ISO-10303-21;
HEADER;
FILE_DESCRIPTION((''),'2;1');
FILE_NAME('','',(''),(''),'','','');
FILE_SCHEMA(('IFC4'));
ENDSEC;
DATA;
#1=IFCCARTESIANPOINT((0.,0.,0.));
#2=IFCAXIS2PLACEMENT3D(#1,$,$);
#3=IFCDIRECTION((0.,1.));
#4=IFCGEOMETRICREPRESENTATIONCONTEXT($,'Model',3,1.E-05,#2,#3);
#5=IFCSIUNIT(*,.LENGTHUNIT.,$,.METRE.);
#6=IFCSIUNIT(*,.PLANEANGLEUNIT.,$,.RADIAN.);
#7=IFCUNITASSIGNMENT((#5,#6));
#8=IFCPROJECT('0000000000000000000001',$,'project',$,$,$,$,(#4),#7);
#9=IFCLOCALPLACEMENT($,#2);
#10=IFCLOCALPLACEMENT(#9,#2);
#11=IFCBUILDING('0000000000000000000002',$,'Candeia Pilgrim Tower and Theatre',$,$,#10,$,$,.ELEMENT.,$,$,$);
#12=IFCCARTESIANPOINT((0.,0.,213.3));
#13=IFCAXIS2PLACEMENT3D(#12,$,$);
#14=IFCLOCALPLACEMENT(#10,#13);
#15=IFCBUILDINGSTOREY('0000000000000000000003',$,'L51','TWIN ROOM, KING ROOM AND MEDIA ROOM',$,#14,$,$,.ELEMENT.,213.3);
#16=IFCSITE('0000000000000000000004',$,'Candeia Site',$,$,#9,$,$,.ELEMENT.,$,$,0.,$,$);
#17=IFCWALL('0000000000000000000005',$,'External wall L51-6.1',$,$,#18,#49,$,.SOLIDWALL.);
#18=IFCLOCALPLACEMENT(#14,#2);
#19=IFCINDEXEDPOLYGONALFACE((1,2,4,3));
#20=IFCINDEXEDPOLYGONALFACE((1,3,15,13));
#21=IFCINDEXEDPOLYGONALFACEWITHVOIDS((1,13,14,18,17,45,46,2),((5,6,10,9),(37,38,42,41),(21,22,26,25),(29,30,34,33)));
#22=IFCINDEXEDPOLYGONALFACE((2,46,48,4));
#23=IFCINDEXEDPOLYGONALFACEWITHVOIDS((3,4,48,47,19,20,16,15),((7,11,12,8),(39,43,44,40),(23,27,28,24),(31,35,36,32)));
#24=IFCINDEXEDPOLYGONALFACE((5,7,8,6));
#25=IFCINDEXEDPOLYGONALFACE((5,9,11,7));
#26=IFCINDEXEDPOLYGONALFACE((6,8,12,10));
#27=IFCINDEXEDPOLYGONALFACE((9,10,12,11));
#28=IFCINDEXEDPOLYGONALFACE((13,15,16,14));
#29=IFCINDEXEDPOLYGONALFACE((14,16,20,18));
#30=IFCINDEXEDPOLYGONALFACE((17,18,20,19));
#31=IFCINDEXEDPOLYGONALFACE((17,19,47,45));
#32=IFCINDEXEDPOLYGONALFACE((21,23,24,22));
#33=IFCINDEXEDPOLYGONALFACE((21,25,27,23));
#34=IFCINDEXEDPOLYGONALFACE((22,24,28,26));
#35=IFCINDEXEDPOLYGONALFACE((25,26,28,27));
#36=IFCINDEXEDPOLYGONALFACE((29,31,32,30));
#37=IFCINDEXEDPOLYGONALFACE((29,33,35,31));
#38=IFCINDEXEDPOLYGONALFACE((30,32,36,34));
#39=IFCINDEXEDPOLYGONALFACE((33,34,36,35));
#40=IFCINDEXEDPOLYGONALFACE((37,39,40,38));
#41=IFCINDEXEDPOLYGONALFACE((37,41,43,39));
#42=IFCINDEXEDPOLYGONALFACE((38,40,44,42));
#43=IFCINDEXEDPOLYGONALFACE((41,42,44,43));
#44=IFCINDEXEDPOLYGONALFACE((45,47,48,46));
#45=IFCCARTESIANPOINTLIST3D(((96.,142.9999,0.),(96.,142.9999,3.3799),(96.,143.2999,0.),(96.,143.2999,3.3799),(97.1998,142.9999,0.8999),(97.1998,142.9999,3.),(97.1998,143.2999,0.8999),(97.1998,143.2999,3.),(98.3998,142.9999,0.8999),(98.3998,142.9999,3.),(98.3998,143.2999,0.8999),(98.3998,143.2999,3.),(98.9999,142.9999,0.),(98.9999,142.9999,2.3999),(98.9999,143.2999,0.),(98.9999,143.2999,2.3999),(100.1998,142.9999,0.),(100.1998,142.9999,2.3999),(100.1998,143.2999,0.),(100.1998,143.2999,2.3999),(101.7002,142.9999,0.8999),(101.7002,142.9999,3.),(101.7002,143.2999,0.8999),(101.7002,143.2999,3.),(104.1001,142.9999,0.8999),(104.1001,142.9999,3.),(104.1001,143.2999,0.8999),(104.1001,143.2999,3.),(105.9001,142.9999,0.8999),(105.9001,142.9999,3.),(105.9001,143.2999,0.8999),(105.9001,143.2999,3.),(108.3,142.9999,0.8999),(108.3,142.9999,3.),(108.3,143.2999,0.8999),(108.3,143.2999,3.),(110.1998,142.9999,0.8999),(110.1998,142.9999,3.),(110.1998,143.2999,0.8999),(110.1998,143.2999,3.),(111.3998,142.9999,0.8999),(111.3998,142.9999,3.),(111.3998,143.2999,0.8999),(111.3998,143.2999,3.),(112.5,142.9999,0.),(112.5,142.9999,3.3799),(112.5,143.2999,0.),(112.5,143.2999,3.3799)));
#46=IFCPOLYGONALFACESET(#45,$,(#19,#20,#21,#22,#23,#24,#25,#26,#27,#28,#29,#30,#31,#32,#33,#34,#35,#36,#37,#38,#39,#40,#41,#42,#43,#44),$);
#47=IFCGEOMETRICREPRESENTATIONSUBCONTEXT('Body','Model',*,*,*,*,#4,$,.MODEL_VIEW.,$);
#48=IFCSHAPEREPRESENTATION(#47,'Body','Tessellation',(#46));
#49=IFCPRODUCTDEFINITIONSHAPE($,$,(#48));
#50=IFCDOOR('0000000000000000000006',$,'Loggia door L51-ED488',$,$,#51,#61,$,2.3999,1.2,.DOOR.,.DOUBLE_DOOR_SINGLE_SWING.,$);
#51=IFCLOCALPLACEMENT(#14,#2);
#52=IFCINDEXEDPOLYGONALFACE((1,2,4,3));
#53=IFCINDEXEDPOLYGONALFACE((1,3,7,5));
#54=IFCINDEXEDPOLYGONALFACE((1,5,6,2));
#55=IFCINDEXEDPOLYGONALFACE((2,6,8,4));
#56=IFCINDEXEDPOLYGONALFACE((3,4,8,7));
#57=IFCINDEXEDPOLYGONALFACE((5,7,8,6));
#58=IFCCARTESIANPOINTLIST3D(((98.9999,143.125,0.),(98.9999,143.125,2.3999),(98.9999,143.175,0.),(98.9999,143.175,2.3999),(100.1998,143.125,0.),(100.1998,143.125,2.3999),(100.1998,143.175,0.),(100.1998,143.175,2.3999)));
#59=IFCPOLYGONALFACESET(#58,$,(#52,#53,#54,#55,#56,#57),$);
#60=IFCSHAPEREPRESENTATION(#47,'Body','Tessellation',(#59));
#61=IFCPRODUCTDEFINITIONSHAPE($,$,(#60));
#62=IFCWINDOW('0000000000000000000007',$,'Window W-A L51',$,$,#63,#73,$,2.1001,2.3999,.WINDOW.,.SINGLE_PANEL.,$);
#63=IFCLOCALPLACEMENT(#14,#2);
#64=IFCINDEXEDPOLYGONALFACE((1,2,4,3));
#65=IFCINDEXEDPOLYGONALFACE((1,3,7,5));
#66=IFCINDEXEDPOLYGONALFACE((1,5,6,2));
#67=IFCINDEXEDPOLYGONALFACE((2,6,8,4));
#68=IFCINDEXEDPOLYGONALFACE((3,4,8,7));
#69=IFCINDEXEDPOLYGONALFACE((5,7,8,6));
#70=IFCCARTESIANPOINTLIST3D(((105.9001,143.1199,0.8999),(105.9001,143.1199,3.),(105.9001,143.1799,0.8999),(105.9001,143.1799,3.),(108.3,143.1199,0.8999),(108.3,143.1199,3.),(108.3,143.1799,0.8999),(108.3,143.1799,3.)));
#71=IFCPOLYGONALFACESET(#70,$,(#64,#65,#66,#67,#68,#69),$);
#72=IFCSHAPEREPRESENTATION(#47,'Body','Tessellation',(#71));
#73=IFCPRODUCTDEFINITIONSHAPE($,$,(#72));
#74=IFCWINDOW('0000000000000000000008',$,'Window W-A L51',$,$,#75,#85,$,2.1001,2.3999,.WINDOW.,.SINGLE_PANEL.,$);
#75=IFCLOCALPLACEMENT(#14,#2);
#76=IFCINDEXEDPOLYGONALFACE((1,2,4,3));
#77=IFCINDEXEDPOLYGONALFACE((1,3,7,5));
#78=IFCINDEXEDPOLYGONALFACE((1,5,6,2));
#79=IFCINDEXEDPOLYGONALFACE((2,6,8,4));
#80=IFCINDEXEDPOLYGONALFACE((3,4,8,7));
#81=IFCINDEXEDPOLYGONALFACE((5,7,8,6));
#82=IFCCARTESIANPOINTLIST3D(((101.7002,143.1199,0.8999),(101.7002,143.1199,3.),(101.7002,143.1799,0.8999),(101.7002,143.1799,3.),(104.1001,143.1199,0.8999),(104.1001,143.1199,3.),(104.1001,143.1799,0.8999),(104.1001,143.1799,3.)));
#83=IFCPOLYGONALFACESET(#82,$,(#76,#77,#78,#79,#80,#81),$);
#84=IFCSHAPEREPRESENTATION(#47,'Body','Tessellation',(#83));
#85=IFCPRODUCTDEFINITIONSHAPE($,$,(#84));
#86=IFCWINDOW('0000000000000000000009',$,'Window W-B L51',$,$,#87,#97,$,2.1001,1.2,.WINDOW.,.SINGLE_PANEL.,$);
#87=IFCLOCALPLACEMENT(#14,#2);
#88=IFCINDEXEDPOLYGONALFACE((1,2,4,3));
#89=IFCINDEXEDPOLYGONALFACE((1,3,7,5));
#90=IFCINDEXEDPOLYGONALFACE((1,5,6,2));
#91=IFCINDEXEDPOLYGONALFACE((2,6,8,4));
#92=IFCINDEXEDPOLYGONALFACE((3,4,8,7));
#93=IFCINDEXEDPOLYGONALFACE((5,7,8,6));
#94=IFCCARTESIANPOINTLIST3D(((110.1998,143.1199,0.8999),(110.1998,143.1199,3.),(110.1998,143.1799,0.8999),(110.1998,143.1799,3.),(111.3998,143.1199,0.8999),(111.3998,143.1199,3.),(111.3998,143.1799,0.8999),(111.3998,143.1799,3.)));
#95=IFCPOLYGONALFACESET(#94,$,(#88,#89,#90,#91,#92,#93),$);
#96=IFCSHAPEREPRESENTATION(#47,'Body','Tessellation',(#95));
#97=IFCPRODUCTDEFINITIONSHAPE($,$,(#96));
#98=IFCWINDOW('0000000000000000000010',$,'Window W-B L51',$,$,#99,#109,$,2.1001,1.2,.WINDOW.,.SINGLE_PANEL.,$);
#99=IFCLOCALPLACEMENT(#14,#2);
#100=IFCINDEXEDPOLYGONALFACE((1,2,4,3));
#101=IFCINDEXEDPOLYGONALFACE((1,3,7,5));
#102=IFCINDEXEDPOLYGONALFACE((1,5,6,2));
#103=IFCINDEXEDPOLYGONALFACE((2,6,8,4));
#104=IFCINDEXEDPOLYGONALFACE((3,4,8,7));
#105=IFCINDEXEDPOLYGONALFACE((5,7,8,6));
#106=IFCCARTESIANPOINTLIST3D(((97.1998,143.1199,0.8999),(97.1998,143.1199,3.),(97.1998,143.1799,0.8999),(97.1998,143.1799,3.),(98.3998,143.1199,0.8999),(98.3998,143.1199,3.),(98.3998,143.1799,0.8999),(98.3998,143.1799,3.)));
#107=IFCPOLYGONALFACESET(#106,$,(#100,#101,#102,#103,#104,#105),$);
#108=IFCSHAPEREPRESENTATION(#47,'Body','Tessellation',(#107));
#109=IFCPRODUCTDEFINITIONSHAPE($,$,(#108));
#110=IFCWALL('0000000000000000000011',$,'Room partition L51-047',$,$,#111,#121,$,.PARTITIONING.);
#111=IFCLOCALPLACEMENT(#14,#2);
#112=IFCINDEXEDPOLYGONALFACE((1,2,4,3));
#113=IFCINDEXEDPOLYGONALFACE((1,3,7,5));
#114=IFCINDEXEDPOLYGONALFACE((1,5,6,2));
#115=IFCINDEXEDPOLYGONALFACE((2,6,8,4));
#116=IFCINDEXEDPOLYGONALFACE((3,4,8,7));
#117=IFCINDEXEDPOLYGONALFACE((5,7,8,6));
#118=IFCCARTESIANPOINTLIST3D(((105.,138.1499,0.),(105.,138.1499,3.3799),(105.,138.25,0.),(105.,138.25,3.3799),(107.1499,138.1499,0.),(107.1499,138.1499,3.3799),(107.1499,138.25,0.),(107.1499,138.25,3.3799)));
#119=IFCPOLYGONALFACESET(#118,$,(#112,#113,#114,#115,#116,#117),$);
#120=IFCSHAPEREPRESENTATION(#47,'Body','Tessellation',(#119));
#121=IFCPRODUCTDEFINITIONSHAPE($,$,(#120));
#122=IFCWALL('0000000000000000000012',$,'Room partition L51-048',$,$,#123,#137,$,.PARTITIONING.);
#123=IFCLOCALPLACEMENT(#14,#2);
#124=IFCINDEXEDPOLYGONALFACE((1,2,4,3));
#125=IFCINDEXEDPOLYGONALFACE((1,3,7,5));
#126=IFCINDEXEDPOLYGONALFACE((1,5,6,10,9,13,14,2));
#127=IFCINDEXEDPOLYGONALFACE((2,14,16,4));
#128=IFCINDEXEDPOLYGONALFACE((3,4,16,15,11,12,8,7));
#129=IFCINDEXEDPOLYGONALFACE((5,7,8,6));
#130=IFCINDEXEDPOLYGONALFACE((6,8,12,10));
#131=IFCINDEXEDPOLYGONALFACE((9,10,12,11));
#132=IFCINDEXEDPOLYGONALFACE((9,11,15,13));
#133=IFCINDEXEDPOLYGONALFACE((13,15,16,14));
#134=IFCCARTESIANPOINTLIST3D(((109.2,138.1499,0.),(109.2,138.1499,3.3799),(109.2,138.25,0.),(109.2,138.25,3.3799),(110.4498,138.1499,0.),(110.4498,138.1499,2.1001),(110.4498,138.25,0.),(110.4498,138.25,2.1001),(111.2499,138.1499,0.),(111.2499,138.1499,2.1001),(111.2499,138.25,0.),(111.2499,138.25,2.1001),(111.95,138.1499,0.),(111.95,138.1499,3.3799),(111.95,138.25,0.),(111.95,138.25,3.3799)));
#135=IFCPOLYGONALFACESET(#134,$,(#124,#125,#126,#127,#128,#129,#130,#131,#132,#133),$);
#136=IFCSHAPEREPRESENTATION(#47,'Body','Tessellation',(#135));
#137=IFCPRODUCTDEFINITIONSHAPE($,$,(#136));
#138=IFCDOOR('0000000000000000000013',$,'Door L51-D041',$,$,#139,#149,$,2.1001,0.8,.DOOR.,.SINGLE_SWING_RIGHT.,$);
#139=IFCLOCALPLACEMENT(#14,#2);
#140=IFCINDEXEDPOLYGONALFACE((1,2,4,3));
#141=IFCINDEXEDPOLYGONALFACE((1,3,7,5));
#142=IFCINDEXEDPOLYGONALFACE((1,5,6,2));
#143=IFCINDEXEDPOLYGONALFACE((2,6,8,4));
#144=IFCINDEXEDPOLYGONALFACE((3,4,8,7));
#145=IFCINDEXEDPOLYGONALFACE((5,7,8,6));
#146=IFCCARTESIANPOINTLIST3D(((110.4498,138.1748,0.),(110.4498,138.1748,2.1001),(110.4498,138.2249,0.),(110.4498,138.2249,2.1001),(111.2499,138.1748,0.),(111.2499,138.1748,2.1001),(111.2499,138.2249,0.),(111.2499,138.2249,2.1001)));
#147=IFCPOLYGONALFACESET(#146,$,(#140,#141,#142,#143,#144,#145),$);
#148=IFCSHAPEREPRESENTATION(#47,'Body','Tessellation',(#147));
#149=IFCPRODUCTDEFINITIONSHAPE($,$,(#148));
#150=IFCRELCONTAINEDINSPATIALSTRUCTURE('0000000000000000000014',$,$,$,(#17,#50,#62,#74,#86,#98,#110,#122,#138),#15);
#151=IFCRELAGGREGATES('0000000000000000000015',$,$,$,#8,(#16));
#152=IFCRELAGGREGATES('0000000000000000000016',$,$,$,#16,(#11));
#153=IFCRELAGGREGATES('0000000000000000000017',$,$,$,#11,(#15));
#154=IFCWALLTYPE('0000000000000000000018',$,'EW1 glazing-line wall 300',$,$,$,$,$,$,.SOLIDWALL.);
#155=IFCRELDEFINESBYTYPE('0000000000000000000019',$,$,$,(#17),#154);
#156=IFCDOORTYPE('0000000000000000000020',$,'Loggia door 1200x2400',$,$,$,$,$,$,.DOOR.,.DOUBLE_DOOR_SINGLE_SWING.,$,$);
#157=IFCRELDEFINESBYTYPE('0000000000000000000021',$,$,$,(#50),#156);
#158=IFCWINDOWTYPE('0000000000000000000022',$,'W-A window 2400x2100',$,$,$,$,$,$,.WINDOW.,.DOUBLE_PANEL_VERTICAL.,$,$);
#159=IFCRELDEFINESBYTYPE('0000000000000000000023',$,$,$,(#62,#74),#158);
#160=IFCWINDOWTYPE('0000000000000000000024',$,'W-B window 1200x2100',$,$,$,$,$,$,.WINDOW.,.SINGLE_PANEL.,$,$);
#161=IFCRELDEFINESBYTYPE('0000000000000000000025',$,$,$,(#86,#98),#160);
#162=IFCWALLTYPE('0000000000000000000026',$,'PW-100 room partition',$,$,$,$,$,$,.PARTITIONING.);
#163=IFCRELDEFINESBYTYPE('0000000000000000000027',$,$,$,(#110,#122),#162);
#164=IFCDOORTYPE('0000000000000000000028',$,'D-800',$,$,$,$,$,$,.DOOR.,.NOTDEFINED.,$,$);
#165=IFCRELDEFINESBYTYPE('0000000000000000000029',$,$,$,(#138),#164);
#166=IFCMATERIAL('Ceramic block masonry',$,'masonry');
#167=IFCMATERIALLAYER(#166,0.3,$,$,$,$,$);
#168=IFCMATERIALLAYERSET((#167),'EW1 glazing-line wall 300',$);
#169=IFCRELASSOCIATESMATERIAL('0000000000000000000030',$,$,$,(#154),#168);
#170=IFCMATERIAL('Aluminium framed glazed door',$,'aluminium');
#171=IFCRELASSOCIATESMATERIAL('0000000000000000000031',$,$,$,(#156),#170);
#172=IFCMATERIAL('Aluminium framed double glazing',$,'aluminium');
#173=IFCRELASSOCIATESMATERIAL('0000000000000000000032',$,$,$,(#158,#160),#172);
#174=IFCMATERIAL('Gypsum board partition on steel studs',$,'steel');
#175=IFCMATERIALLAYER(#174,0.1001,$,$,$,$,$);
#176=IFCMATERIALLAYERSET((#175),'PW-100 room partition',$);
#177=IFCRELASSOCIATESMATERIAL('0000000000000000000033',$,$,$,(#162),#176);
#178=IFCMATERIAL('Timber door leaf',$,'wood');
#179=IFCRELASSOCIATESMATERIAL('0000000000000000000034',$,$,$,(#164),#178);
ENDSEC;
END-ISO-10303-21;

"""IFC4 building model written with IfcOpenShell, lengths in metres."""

from ifc_helpers import new_model, si_unit, direction, frame, frame_2d, origin, place, context, subcontext, project, spatial, rectangle, extrude, material, layer, layer_set, type_object, element, fill, save


model = new_model("IFC4")

# Units and contexts
model_context = context("Model", 3, precision=1e-05, world=origin(), true_north=direction((0.0, 1.0)))
body_context = subcontext(model_context, "Body", "Model", "MODEL_VIEW")
ifc_project = project(units=[si_unit("LENGTHUNIT", "METRE"), si_unit("PLANEANGLEUNIT", "RADIAN")], contexts=[model_context])

# Site, building, storey
site_placement = place(None, origin())
site = spatial("IfcSite", under=ifc_project, at=site_placement, Name="Candeia Site", CompositionType="ELEMENT", RefElevation=0.0)
building_placement = place(site_placement, origin())
building = spatial("IfcBuilding", under=site, at=building_placement, Name="Candeia Pilgrim Tower and Theatre", CompositionType="ELEMENT")
storey_placement = place(building_placement, frame((0.0, 0.0, 213.3)))
storey = spatial("IfcBuildingStorey", under=building, at=storey_placement, Name="L51", Description="TWIN ROOM, KING ROOM AND MEDIA ROOM", CompositionType="ELEMENT", Elevation=213.3)

# Wall, openings, door, windows
ifc_material_1 = material(Name="Ceramic block masonry", Category="masonry")
ifc_layer_1 = layer(ifc_material_1, 0.3)
ifc_layer_set_1 = layer_set([ifc_layer_1], Name="EW1 glazing-line wall 300")
wall_type_1 = type_object("IfcWallType", Name="EW1 glazing-line wall 300", PredefinedType="SOLIDWALL", material=ifc_layer_set_1)
wall_1_placement = place(storey_placement, frame((112.5, 143.1499, 0.0), z_axis=(0.0, 0.0, 1.0), x_axis=(-1.0, 0.0, 0.0)))
wall_1 = element("IfcWall", 1, at=wall_1_placement, inside=storey, type_object=wall_type_1, Name="External wall L51-6.1", PredefinedType="SOLIDWALL", context=body_context, shape_type="SweptSolid", body=[
    extrude(rectangle(XDim=16.5, YDim=0.3, at=frame_2d((8.25, 0.0))), origin(), (0.0, 0.0, 1.0), 3.3799),
])
opening_1_placement = place(wall_1_placement, frame((1.1001, 0.0, 0.8999)))
opening_1 = element("IfcOpeningElement", 2, at=opening_1_placement, cuts=wall_1, PredefinedType="OPENING", context=body_context, shape_type="SweptSolid", body=[
    extrude(rectangle(XDim=1.2, YDim=2.1001, at=frame_2d((0.6001, 1.05))), frame((0.0, 0.1602, 0.0), z_axis=(0.0, -1.0, 0.0), x_axis=(1.0, 0.0, 0.0)), (0.0, 0.0, 1.0), 0.3201),
])
opening_2_placement = place(wall_1_placement, frame((4.2, 0.0, 0.8999)))
opening_2 = element("IfcOpeningElement", 3, at=opening_2_placement, cuts=wall_1, PredefinedType="OPENING", context=body_context, shape_type="SweptSolid", body=[
    extrude(rectangle(XDim=2.3999, YDim=2.1001, at=frame_2d((1.2, 1.05))), frame((0.0, 0.1602, 0.0), z_axis=(0.0, -1.0, 0.0), x_axis=(1.0, 0.0, 0.0)), (0.0, 0.0, 1.0), 0.3201),
])
opening_3_placement = place(wall_1_placement, frame((8.3999, 0.0, 0.8999)))
opening_3 = element("IfcOpeningElement", 4, at=opening_3_placement, cuts=wall_1, PredefinedType="OPENING", context=body_context, shape_type="SweptSolid", body=[
    extrude(rectangle(XDim=2.3999, YDim=2.1001, at=frame_2d((1.2, 1.05))), frame((0.0, 0.1602, 0.0), z_axis=(0.0, -1.0, 0.0), x_axis=(1.0, 0.0, 0.0)), (0.0, 0.0, 1.0), 0.3201),
])
opening_4_placement = place(wall_1_placement, frame((12.3, 0.0, 0.0)))
opening_4 = element("IfcOpeningElement", 5, at=opening_4_placement, cuts=wall_1, PredefinedType="OPENING", context=body_context, shape_type="SweptSolid", body=[
    extrude(rectangle(XDim=1.2, YDim=2.3999, at=frame_2d((0.6001, 1.2))), frame((0.0, 0.1602, 0.0), z_axis=(0.0, -1.0, 0.0), x_axis=(1.0, 0.0, 0.0)), (0.0, 0.0, 1.0), 0.3201),
])
opening_5_placement = place(wall_1_placement, frame((14.1001, 0.0, 0.8999)))
opening_5 = element("IfcOpeningElement", 6, at=opening_5_placement, cuts=wall_1, PredefinedType="OPENING", context=body_context, shape_type="SweptSolid", body=[
    extrude(rectangle(XDim=1.2, YDim=2.1001, at=frame_2d((0.6001, 1.05))), frame((0.0, 0.1602, 0.0), z_axis=(0.0, -1.0, 0.0), x_axis=(1.0, 0.0, 0.0)), (0.0, 0.0, 1.0), 0.3201),
])
ifc_material_2 = material(Name="Aluminium framed glazed door", Category="aluminium")
door_type_1 = type_object("IfcDoorType", Name="Loggia door 1200x2400", OperationType="DOUBLE_DOOR_SINGLE_SWING", PredefinedType="DOOR", material=ifc_material_2)
door_1_placement = place(opening_4_placement, origin())
door_1 = element("IfcDoor", 7, at=door_1_placement, inside=storey, type_object=door_type_1, Name="Loggia door L51-ED488", OperationType="DOUBLE_DOOR_SINGLE_SWING", OverallHeight=2.3999, OverallWidth=1.2, PredefinedType="DOOR", context=body_context, shape_type="SweptSolid", body=[
    extrude(rectangle(XDim=1.2, YDim=2.3999, at=frame_2d((0.6001, 1.2))), frame((0.0, 0.0249, 0.0), z_axis=(0.0, -1.0, 0.0), x_axis=(1.0, 0.0, 0.0)), (0.0, 0.0, 1.0), 0.05),
])
fill(opening_4, door_1)
ifc_material_3 = material(Name="Aluminium framed double glazing", Category="aluminium")
window_type_1 = type_object("IfcWindowType", Name="W-A window 2400x2100", PartitioningType="DOUBLE_PANEL_VERTICAL", PredefinedType="WINDOW", material=ifc_material_3)
window_1_placement = place(opening_2_placement, origin())
window_1 = element("IfcWindow", 8, at=window_1_placement, inside=storey, type_object=window_type_1, Name="Window W-A L51", OverallHeight=2.1001, OverallWidth=2.3999, PartitioningType="SINGLE_PANEL", PredefinedType="WINDOW", context=body_context, shape_type="SweptSolid", body=[
    extrude(rectangle(XDim=2.3999, YDim=2.1001, at=frame_2d((1.2, 1.05))), frame((0.0, 0.03, 0.0), z_axis=(0.0, -1.0, 0.0), x_axis=(1.0, 0.0, 0.0)), (0.0, 0.0, 1.0), 0.0601),
])
fill(opening_2, window_1)
window_2_placement = place(opening_3_placement, origin())
window_2 = element("IfcWindow", 9, at=window_2_placement, inside=storey, type_object=window_type_1, Name="Window W-A L51", OverallHeight=2.1001, OverallWidth=2.3999, PartitioningType="SINGLE_PANEL", PredefinedType="WINDOW", context=body_context, shape_type="SweptSolid", body=[
    extrude(rectangle(XDim=2.3999, YDim=2.1001, at=frame_2d((1.2, 1.05))), frame((0.0, 0.03, 0.0), z_axis=(0.0, -1.0, 0.0), x_axis=(1.0, 0.0, 0.0)), (0.0, 0.0, 1.0), 0.0601),
])
fill(opening_3, window_2)
window_type_2 = type_object("IfcWindowType", Name="W-B window 1200x2100", PartitioningType="SINGLE_PANEL", PredefinedType="WINDOW", material=ifc_material_3)
window_3_placement = place(opening_1_placement, origin())
window_3 = element("IfcWindow", 10, at=window_3_placement, inside=storey, type_object=window_type_2, Name="Window W-B L51", OverallHeight=2.1001, OverallWidth=1.2, PartitioningType="SINGLE_PANEL", PredefinedType="WINDOW", context=body_context, shape_type="SweptSolid", body=[
    extrude(rectangle(XDim=1.2, YDim=2.1001, at=frame_2d((0.6001, 1.05))), frame((0.0, 0.03, 0.0), z_axis=(0.0, -1.0, 0.0), x_axis=(1.0, 0.0, 0.0)), (0.0, 0.0, 1.0), 0.0601),
])
fill(opening_1, window_3)
window_4_placement = place(opening_5_placement, origin())
window_4 = element("IfcWindow", 11, at=window_4_placement, inside=storey, type_object=window_type_2, Name="Window W-B L51", OverallHeight=2.1001, OverallWidth=1.2, PartitioningType="SINGLE_PANEL", PredefinedType="WINDOW", context=body_context, shape_type="SweptSolid", body=[
    extrude(rectangle(XDim=1.2, YDim=2.1001, at=frame_2d((0.6001, 1.05))), frame((0.0, 0.03, 0.0), z_axis=(0.0, -1.0, 0.0), x_axis=(1.0, 0.0, 0.0)), (0.0, 0.0, 1.0), 0.0601),
])
fill(opening_5, window_4)

# Wall
ifc_material_4 = material(Name="Gypsum board partition on steel studs", Category="steel")
ifc_layer_2 = layer(ifc_material_4, 0.1001)
ifc_layer_set_2 = layer_set([ifc_layer_2], Name="PW-100 room partition")
wall_type_2 = type_object("IfcWallType", Name="PW-100 room partition", PredefinedType="PARTITIONING", material=ifc_layer_set_2)
wall_2_placement = place(storey_placement, frame((105.0, 138.2, 0.0), z_axis=(0.0, 0.0, 1.0), x_axis=(1.0, 0.0, 0.0)))
element("IfcWall", 12, at=wall_2_placement, inside=storey, type_object=wall_type_2, Name="Room partition L51-047", PredefinedType="PARTITIONING", context=body_context, shape_type="SweptSolid", body=[
    extrude(rectangle(XDim=2.1499, YDim=0.1001, at=frame_2d((1.075, 0.0))), origin(), (0.0, 0.0, 1.0), 3.3799),
])

# Wall, opening, door
wall_3_placement = place(storey_placement, frame((109.2, 138.2, 0.0), z_axis=(0.0, 0.0, 1.0), x_axis=(1.0, 0.0, 0.0)))
wall_3 = element("IfcWall", 13, at=wall_3_placement, inside=storey, type_object=wall_type_2, Name="Room partition L51-048", PredefinedType="PARTITIONING", context=body_context, shape_type="SweptSolid", body=[
    extrude(rectangle(XDim=2.75, YDim=0.1001, at=frame_2d((1.375, 0.0))), origin(), (0.0, 0.0, 1.0), 3.3799),
])
opening_6_placement = place(wall_3_placement, frame((1.25, 0.0, 0.0)))
opening_6 = element("IfcOpeningElement", 14, at=opening_6_placement, cuts=wall_3, PredefinedType="OPENING", context=body_context, shape_type="SweptSolid", body=[
    extrude(rectangle(XDim=0.8, YDim=2.1001, at=frame_2d((0.3999, 1.05))), frame((0.0, 0.0601, 0.0), z_axis=(0.0, -1.0, 0.0), x_axis=(1.0, 0.0, 0.0)), (0.0, 0.0, 1.0), 0.1201),
])
ifc_material_5 = material(Name="Timber door leaf", Category="wood")
door_type_2 = type_object("IfcDoorType", Name="D-800", OperationType="NOTDEFINED", PredefinedType="DOOR", material=ifc_material_5)
door_2_placement = place(opening_6_placement, origin())
door_2 = element("IfcDoor", 15, at=door_2_placement, inside=storey, type_object=door_type_2, Name="Door L51-D041", OperationType="SINGLE_SWING_RIGHT", OverallHeight=2.1001, OverallWidth=0.8, PredefinedType="DOOR", context=body_context, shape_type="SweptSolid", body=[
    extrude(rectangle(XDim=0.8, YDim=2.1001, at=frame_2d((0.3999, 1.05))), frame((0.0, 0.0249, 0.0), z_axis=(0.0, -1.0, 0.0), x_axis=(1.0, 0.0, 0.0)), (0.0, 0.0, 1.0), 0.05),
])
fill(opening_6, door_2)

save(model, "model.ifc")
